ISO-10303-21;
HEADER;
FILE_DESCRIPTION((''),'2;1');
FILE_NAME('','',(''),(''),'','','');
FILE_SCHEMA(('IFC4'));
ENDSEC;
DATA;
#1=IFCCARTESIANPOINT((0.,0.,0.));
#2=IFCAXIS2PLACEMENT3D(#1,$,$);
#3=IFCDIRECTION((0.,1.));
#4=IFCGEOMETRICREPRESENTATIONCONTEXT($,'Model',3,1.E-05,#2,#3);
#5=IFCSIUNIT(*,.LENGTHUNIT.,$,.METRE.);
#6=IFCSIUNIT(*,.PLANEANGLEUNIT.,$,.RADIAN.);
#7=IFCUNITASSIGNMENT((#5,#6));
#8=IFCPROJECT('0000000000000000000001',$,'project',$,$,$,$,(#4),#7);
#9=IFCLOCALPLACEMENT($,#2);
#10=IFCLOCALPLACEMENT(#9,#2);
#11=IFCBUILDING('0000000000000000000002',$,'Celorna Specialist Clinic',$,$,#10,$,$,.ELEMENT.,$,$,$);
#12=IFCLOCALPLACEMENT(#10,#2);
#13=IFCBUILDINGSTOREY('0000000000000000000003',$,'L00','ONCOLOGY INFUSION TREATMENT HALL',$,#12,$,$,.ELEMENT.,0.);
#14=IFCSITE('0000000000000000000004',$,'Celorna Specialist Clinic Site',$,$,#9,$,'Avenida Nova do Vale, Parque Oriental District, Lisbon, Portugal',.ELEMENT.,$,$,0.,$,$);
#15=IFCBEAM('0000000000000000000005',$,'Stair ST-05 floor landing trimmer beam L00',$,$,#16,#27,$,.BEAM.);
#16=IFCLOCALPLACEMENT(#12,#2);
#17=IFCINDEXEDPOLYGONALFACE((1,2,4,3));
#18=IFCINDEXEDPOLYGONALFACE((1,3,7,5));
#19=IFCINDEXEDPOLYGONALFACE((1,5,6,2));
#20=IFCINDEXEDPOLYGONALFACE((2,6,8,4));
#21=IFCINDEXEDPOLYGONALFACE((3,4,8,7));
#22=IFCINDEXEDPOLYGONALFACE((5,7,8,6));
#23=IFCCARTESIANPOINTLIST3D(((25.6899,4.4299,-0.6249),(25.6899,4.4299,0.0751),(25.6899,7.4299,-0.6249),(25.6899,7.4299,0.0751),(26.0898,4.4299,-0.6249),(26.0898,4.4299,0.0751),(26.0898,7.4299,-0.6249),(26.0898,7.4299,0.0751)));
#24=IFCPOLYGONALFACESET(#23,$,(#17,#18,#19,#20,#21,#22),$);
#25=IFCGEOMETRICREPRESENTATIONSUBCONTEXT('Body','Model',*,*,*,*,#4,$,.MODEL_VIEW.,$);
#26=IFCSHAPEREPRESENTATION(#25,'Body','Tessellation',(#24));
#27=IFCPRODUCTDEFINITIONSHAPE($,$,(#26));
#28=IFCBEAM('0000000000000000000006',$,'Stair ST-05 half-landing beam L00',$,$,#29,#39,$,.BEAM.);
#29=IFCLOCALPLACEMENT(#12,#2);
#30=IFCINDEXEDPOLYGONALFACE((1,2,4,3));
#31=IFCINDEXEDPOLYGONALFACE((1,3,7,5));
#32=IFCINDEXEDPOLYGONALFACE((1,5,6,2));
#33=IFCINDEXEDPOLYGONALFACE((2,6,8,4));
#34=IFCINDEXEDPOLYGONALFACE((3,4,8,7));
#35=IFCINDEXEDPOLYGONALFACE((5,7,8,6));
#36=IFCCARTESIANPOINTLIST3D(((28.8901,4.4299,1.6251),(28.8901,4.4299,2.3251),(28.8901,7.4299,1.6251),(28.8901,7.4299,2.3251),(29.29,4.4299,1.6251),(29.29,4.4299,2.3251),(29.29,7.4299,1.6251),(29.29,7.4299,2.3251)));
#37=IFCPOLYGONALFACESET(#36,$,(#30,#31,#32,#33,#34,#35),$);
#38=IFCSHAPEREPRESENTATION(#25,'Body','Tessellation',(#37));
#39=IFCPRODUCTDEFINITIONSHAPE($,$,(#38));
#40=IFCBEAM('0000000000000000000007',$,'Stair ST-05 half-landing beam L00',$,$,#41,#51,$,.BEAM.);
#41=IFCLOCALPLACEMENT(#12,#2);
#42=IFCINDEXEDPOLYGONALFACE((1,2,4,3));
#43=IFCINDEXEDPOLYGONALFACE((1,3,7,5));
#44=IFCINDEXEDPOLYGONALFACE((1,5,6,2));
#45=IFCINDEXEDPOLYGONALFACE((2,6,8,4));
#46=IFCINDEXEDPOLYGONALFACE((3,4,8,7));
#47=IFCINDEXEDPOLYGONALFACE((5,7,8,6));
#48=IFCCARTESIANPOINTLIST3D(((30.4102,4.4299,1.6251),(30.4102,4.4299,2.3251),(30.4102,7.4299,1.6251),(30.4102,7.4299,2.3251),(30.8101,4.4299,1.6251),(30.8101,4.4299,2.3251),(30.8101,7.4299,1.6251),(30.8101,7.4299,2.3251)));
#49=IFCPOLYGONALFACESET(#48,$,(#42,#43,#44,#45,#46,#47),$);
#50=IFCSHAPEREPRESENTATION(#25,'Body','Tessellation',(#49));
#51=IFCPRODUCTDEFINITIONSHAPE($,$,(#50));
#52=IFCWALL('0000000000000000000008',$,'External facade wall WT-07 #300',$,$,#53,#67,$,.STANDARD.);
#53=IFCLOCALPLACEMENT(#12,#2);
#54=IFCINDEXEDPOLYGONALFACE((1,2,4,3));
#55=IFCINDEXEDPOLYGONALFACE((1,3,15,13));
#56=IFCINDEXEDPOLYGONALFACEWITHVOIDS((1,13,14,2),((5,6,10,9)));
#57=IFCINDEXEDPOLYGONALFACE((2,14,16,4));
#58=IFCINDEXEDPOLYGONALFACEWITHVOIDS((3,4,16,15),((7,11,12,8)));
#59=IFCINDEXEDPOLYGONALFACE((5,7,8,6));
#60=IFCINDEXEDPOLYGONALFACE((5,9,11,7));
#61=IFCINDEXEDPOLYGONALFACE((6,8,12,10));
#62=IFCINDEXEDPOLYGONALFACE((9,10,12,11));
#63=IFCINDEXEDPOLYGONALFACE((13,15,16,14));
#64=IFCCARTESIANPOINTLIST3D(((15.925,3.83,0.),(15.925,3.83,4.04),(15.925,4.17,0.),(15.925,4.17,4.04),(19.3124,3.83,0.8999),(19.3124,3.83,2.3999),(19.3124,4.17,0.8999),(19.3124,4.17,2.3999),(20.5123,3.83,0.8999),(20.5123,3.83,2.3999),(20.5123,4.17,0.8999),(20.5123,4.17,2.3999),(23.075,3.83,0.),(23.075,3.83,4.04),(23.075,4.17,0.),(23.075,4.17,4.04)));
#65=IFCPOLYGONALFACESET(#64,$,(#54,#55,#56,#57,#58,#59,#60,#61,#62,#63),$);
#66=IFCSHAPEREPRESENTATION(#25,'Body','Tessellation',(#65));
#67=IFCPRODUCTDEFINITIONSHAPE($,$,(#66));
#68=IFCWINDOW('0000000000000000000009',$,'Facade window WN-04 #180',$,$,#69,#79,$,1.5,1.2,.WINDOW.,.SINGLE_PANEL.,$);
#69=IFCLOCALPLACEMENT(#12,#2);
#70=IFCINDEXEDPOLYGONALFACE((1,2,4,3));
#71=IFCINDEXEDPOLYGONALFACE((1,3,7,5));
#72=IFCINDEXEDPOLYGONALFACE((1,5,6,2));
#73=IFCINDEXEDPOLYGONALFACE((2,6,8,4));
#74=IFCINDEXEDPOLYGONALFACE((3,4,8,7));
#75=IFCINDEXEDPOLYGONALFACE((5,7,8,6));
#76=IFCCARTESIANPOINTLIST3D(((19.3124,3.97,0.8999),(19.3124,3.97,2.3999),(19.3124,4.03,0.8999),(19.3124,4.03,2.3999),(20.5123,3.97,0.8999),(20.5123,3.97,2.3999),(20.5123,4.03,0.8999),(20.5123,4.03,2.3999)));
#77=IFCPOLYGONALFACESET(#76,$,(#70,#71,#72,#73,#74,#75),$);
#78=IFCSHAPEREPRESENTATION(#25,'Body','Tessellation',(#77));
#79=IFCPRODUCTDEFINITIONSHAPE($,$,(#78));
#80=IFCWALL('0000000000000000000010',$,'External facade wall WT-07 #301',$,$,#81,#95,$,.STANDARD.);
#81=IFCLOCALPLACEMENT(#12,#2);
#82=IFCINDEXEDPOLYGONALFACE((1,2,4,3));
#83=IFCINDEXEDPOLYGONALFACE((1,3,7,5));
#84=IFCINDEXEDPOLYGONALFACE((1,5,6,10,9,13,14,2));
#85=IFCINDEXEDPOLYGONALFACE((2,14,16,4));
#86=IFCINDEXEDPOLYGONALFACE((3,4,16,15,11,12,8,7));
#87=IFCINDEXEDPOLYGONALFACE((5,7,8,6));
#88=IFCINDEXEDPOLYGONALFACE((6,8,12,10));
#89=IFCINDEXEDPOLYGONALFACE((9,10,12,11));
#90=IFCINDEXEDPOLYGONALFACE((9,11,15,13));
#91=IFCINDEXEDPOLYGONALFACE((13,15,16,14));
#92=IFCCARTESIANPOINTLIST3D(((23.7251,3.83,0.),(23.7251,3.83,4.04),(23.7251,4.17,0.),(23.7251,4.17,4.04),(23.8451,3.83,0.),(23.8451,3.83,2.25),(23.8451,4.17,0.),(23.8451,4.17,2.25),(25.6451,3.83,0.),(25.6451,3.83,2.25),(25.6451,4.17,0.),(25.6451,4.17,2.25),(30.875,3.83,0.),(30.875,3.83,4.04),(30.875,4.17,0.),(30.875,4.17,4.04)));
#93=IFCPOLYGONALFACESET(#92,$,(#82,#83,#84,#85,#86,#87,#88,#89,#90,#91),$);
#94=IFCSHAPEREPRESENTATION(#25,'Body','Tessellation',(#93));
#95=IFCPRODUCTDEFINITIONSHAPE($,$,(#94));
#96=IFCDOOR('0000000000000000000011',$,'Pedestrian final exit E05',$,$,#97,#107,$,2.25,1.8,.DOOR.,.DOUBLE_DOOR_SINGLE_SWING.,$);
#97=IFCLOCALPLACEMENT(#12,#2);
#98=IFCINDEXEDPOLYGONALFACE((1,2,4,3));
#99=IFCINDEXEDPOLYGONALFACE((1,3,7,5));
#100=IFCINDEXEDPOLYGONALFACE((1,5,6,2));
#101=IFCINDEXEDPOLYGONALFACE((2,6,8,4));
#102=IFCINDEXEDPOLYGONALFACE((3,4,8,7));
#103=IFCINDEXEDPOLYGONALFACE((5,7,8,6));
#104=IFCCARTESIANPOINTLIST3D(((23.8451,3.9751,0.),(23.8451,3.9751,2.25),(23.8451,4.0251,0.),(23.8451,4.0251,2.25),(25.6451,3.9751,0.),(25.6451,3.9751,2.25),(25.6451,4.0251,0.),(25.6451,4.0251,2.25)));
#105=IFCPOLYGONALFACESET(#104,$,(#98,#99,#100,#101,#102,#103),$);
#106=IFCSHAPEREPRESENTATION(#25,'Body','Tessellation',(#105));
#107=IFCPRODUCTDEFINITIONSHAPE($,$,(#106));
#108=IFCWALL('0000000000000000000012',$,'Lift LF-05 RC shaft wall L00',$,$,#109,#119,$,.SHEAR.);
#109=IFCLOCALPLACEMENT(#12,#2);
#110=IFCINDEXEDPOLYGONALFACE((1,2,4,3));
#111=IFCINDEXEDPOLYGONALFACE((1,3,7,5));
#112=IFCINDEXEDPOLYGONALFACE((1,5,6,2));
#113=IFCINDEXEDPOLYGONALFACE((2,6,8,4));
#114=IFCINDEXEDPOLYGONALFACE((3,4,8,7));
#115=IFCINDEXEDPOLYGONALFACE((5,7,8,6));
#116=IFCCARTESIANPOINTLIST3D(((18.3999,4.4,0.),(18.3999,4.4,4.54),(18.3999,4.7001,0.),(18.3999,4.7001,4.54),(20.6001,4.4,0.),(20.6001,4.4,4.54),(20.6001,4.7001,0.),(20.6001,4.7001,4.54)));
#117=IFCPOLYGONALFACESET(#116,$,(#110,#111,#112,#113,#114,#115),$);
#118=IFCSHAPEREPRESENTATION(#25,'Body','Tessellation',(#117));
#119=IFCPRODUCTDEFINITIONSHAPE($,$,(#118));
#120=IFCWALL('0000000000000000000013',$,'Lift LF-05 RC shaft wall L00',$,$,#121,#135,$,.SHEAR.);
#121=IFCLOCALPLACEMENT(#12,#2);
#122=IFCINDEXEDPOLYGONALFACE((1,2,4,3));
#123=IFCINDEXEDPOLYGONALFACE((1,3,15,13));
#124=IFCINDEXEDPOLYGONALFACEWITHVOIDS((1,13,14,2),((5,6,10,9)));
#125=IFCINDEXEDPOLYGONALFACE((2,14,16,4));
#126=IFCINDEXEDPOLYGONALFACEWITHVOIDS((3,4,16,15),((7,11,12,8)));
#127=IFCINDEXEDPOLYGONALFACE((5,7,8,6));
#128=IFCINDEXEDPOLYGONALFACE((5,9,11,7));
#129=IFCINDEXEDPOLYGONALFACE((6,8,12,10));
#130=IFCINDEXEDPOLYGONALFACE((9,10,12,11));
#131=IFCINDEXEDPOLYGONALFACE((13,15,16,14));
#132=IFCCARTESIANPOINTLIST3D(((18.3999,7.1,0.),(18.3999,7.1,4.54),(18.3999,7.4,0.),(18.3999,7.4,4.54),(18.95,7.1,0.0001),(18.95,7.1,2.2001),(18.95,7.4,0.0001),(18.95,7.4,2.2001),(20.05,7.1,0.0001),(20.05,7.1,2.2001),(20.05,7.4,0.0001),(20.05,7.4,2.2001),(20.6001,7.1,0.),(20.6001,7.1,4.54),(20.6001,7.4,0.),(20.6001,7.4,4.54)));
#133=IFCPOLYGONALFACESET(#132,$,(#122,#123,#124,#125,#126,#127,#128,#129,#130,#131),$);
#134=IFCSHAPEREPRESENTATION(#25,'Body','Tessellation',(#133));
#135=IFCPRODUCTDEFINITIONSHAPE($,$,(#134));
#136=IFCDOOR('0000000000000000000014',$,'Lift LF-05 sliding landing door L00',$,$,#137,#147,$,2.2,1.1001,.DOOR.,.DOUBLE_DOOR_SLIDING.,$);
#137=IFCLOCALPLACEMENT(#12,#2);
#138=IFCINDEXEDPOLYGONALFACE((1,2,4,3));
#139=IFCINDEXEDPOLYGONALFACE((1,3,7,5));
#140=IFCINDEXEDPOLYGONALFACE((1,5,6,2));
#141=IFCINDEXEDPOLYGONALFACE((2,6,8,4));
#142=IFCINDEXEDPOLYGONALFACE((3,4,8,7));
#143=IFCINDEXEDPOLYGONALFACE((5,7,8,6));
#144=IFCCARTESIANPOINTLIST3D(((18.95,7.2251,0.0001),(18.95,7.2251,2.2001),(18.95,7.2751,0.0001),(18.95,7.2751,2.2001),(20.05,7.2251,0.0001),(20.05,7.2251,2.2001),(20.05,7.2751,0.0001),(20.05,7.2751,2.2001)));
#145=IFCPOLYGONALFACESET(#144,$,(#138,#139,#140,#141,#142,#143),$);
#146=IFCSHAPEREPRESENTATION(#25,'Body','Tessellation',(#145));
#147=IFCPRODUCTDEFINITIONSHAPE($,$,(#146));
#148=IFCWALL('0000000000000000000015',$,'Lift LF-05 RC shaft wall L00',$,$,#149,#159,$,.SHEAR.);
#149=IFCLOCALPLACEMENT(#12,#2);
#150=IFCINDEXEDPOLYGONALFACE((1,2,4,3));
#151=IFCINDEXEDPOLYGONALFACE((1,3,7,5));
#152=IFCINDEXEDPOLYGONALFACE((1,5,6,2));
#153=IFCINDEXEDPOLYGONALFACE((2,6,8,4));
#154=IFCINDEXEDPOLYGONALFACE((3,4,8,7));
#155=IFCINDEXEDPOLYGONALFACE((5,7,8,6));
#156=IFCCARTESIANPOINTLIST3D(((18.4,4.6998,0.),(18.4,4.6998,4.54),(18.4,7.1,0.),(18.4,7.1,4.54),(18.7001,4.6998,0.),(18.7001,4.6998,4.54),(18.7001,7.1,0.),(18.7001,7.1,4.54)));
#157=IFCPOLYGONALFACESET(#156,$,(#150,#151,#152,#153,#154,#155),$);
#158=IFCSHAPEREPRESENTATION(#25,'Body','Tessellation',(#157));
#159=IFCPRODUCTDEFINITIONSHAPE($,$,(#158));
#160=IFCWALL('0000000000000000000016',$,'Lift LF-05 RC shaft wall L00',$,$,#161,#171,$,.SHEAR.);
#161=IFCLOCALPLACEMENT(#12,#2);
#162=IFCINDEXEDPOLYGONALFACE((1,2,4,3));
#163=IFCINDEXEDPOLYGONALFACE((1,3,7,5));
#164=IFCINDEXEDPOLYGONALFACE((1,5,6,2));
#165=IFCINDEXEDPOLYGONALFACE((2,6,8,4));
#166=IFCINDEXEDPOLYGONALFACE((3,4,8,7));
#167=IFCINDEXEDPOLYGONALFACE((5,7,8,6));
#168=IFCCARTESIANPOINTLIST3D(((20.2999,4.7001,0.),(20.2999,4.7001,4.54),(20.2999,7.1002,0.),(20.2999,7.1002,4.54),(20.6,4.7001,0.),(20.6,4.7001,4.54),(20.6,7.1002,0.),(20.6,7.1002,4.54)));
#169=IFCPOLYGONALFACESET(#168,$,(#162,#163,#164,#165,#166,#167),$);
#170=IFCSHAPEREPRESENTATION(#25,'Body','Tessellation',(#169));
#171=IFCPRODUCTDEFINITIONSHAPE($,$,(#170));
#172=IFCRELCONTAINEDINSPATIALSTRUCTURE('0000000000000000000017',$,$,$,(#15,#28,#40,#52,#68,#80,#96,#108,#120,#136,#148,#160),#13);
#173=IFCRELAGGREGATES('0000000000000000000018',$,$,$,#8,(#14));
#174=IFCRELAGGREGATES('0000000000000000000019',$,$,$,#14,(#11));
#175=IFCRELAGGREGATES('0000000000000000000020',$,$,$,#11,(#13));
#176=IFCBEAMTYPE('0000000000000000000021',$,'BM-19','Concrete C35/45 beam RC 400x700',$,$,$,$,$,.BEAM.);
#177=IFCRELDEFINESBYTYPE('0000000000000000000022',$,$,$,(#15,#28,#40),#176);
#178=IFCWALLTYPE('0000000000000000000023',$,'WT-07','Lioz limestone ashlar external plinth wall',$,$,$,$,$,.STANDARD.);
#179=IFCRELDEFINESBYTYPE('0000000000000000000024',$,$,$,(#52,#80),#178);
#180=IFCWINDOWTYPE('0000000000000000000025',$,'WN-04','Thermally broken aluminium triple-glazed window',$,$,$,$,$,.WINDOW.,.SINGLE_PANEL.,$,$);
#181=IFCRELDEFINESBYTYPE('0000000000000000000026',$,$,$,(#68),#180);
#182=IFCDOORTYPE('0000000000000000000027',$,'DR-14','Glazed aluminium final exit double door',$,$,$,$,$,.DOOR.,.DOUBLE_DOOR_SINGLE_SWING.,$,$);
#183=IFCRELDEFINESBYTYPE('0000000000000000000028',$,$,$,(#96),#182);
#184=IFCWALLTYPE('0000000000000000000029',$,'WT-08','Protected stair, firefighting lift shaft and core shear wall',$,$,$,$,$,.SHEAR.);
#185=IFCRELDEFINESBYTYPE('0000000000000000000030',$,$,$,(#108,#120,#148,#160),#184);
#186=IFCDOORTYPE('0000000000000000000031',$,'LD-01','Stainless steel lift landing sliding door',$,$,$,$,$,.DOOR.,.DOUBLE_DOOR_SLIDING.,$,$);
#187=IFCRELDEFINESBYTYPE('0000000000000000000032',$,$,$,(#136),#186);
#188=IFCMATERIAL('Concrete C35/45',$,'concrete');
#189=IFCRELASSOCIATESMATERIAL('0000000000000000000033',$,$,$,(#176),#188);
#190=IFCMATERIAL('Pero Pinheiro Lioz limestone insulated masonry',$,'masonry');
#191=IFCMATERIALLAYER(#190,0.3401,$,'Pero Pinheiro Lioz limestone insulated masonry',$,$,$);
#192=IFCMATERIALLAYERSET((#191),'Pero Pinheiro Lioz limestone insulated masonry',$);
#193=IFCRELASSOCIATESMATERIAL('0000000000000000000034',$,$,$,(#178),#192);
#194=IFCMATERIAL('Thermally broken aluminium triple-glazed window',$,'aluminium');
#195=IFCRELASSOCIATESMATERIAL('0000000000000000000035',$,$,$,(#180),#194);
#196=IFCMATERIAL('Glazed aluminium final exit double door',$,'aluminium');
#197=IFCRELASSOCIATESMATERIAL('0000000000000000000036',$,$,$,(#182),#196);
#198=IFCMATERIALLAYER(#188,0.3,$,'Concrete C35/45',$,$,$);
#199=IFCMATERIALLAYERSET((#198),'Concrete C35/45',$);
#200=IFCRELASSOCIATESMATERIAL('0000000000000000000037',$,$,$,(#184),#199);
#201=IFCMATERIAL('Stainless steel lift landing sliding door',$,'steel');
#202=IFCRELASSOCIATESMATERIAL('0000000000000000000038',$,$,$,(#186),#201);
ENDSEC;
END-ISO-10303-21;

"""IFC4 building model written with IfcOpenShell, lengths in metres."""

from ifc_helpers import new_model, si_unit, direction, frame, frame_2d, origin, origin_2d, place, context, subcontext, project, spatial, rectangle, extrude, material, layer, layer_set, material_profile, profile_set, type_object, element, fill, save


model = new_model("IFC4")

# Units and contexts
model_context = context("Model", 3, precision=1e-05, world=origin(), true_north=direction((0.0, 1.0)))
body_context = subcontext(model_context, "Body", "Model", "MODEL_VIEW")
ifc_project = project(units=[si_unit("LENGTHUNIT", "METRE"), si_unit("PLANEANGLEUNIT", "RADIAN")], contexts=[model_context])

# Site, building, storey
site_placement = place(None, origin())
site = spatial("IfcSite", under=ifc_project, at=site_placement, Name="Celorna Specialist Clinic Site", LongName="Avenida Nova do Vale, Parque Oriental District, Lisbon, Portugal", CompositionType="ELEMENT", RefElevation=0.0)
building_placement = place(site_placement, origin())
building = spatial("IfcBuilding", under=site, at=building_placement, Name="Celorna Specialist Clinic", CompositionType="ELEMENT")
storey_placement = place(building_placement, origin())
storey = spatial("IfcBuildingStorey", under=building, at=storey_placement, Name="L00", Description="ONCOLOGY INFUSION TREATMENT HALL", CompositionType="ELEMENT", Elevation=0.0)

# Shared definitions
ifc_material_1 = material(Name="Concrete C35/45", Category="concrete")

# Beams
ifc_material_profile_1 = material_profile(ifc_material_1, rectangle(XDim=0.3999, YDim=0.7, at=origin_2d()), Name="RC 400x700")
ifc_profile_set_1 = profile_set([ifc_material_profile_1], Name="Concrete C35/45")
beam_type_1 = type_object("IfcBeamType", Name="BM-19", Description="Concrete C35/45 beam RC 400x700", PredefinedType="BEAM", material=ifc_profile_set_1)
for number, where, z_axis, x_axis, name in (
    (1, (25.8899, 4.4299, -0.2749), (0.0, 1.0, 0.0), (-1.0, 0.0, 0.0), "Stair ST-05 floor landing trimmer beam L00"),
    (2, (29.0901, 4.4299, 1.9751), (0.0, 1.0, 0.0), (-1.0, 0.0, 0.0), "Stair ST-05 half-landing beam L00"),
    (3, (30.6101, 4.4299, 1.9751), (0.0, 1.0, 0.0), (-1.0, 0.0, 0.0), "Stair ST-05 half-landing beam L00"),
):
    element("IfcBeam", number, at=place(storey_placement, frame(where, z_axis=z_axis, x_axis=x_axis)), inside=storey, type_object=beam_type_1, Name=name, PredefinedType="BEAM", context=body_context, shape_type="SweptSolid", body=[
        extrude(rectangle(XDim=0.3999, YDim=0.7, at=origin_2d()), origin(), (0.0, 0.0, 1.0), 3.0),
    ])

# Wall, opening, window
ifc_material_2 = material(Name="Pero Pinheiro Lioz limestone insulated masonry", Category="masonry")
ifc_layer_1 = layer(ifc_material_2, 0.3401, Name="Pero Pinheiro Lioz limestone insulated masonry")
ifc_layer_set_1 = layer_set([ifc_layer_1], Name="Pero Pinheiro Lioz limestone insulated masonry")
wall_type_1 = type_object("IfcWallType", Name="WT-07", Description="Lioz limestone ashlar external plinth wall", PredefinedType="STANDARD", material=ifc_layer_set_1)
wall_1_placement = place(storey_placement, frame((23.075, 4.0, 0.0), z_axis=(0.0, 0.0, 1.0), x_axis=(-1.0, 0.0, 0.0)))
wall_1 = element("IfcWall", 4, at=wall_1_placement, inside=storey, type_object=wall_type_1, Name="External facade wall WT-07 #300", PredefinedType="STANDARD", context=body_context, shape_type="SweptSolid", body=[
    extrude(rectangle(XDim=7.1499, YDim=0.3401, at=frame_2d((3.575, 0.0))), origin(), (0.0, 0.0, 1.0), 4.04),
])
opening_1_placement = place(wall_1_placement, frame((2.5625, 0.0, 0.8999)))
opening_1 = element("IfcOpeningElement", 5, at=opening_1_placement, cuts=wall_1, PredefinedType="OPENING", context=body_context, shape_type="SweptSolid", body=[
    extrude(rectangle(XDim=1.2, YDim=1.5, at=frame_2d((0.6001, 0.75))), frame((0.0, 0.1799, 0.0), z_axis=(0.0, -1.0, 0.0), x_axis=(1.0, 0.0, 0.0)), (0.0, 0.0, 1.0), 0.3601),
])
ifc_material_3 = material(Name="Thermally broken aluminium triple-glazed window", Category="aluminium")
window_type = type_object("IfcWindowType", Name="WN-04", Description="Thermally broken aluminium triple-glazed window", PartitioningType="SINGLE_PANEL", PredefinedType="WINDOW", material=ifc_material_3)
window_placement = place(opening_1_placement, origin())
window = element("IfcWindow", 6, at=window_placement, inside=storey, type_object=window_type, Name="Facade window WN-04 #180", OverallHeight=1.5, OverallWidth=1.2, PartitioningType="SINGLE_PANEL", PredefinedType="WINDOW", context=body_context, shape_type="SweptSolid", body=[
    extrude(rectangle(XDim=1.2, YDim=1.5, at=frame_2d((0.6001, 0.75))), frame((0.0, 0.03, 0.0), z_axis=(0.0, -1.0, 0.0), x_axis=(1.0, 0.0, 0.0)), (0.0, 0.0, 1.0), 0.0601),
])
fill(opening_1, window)

# Wall, opening, door
wall_2_placement = place(storey_placement, frame((30.875, 4.0, 0.0), z_axis=(0.0, 0.0, 1.0), x_axis=(-1.0, 0.0, 0.0)))
wall_2 = element("IfcWall", 7, at=wall_2_placement, inside=storey, type_object=wall_type_1, Name="External facade wall WT-07 #301", PredefinedType="STANDARD", context=body_context, shape_type="SweptSolid", body=[
    extrude(rectangle(XDim=7.1499, YDim=0.3401, at=frame_2d((3.575, 0.0))), origin(), (0.0, 0.0, 1.0), 4.04),
])
opening_2_placement = place(wall_2_placement, frame((5.23, 0.0, 0.0)))
opening_2 = element("IfcOpeningElement", 8, at=opening_2_placement, cuts=wall_2, PredefinedType="OPENING", context=body_context, shape_type="SweptSolid", body=[
    extrude(rectangle(XDim=1.8, YDim=2.25, at=frame_2d((0.8999, 1.125))), frame((0.0, 0.1799, 0.0), z_axis=(0.0, -1.0, 0.0), x_axis=(1.0, 0.0, 0.0)), (0.0, 0.0, 1.0), 0.3601),
])
ifc_material_4 = material(Name="Glazed aluminium final exit double door", Category="aluminium")
door_type_1 = type_object("IfcDoorType", Name="DR-14", Description="Glazed aluminium final exit double door", OperationType="DOUBLE_DOOR_SINGLE_SWING", PredefinedType="DOOR", material=ifc_material_4)
door_1_placement = place(opening_2_placement, origin())
door_1 = element("IfcDoor", 9, at=door_1_placement, inside=storey, type_object=door_type_1, Name="Pedestrian final exit E05", OperationType="DOUBLE_DOOR_SINGLE_SWING", OverallHeight=2.25, OverallWidth=1.8, PredefinedType="DOOR", context=body_context, shape_type="SweptSolid", body=[
    extrude(rectangle(XDim=1.8, YDim=2.25, at=frame_2d((0.8999, 1.125))), frame((0.0, 0.0249, 0.0), z_axis=(0.0, -1.0, 0.0), x_axis=(1.0, 0.0, 0.0)), (0.0, 0.0, 1.0), 0.05),
])
fill(opening_2, door_1)

# Wall
ifc_layer_2 = layer(ifc_material_1, 0.3, Name="Concrete C35/45")
ifc_layer_set_2 = layer_set([ifc_layer_2], Name="Concrete C35/45")
wall_type_2 = type_object("IfcWallType", Name="WT-08", Description="Protected stair, firefighting lift shaft and core shear wall", PredefinedType="SHEAR", material=ifc_layer_set_2)
wall_3_placement = place(storey_placement, frame((18.3999, 4.55, 0.0), z_axis=(0.0, 0.0, 1.0), x_axis=(1.0, 0.0, 0.0)))
element("IfcWall", 10, at=wall_3_placement, inside=storey, type_object=wall_type_2, Name="Lift LF-05 RC shaft wall L00", PredefinedType="SHEAR", context=body_context, shape_type="SweptSolid", body=[
    extrude(rectangle(XDim=2.2002, YDim=0.3, at=frame_2d((1.1001, 0.0))), origin(), (0.0, 0.0, 1.0), 4.54),
])

# Wall, opening, door
wall_4_placement = place(storey_placement, frame((20.6001, 7.25, 0.0), z_axis=(0.0, 0.0, 1.0), x_axis=(-1.0, 0.0, 0.0)))
wall_4 = element("IfcWall", 11, at=wall_4_placement, inside=storey, type_object=wall_type_2, Name="Lift LF-05 RC shaft wall L00", PredefinedType="SHEAR", context=body_context, shape_type="SweptSolid", body=[
    extrude(rectangle(XDim=2.2002, YDim=0.3, at=frame_2d((1.1001, 0.0))), origin(), (0.0, 0.0, 1.0), 4.54),
])
opening_3_placement = place(wall_4_placement, frame((0.55, 0.0, 0.0)))
opening_3 = element("IfcOpeningElement", 12, at=opening_3_placement, cuts=wall_4, PredefinedType="OPENING", context=body_context, shape_type="SweptSolid", body=[
    extrude(rectangle(XDim=1.1001, YDim=2.2, at=frame_2d((0.55, 1.1001))), frame((0.0, 0.1599, 0.0), z_axis=(0.0, -1.0, 0.0), x_axis=(1.0, 0.0, 0.0)), (0.0, 0.0, 1.0), 0.3201),
])
ifc_material_5 = material(Name="Stainless steel lift landing sliding door", Category="steel")
door_type_2 = type_object("IfcDoorType", Name="LD-01", Description="Stainless steel lift landing sliding door", OperationType="DOUBLE_DOOR_SLIDING", PredefinedType="DOOR", material=ifc_material_5)
door_2_placement = place(opening_3_placement, origin())
door_2 = element("IfcDoor", 13, at=door_2_placement, inside=storey, type_object=door_type_2, Name="Lift LF-05 sliding landing door L00", OperationType="DOUBLE_DOOR_SLIDING", OverallHeight=2.2, OverallWidth=1.1001, PredefinedType="DOOR", context=body_context, shape_type="SweptSolid", body=[
    extrude(rectangle(XDim=1.1001, YDim=2.2, at=frame_2d((0.55, 1.1001))), frame((0.0, 0.0249, 0.0), z_axis=(0.0, -1.0, 0.0), x_axis=(1.0, 0.0, 0.0)), (0.0, 0.0, 1.0), 0.05),
])
fill(opening_3, door_2)

# Walls
for number, where, z_axis, x_axis, name in (
    (14, (18.55, 7.1001, 0.0), (0.0, 0.0, 1.0), (0.0, -1.0, 0.0), "Lift LF-05 RC shaft wall L00"),
    (15, (20.45, 4.7, 0.0), (0.0, 0.0, 1.0), (0.0, 1.0, 0.0), "Lift LF-05 RC shaft wall L00"),
):
    element("IfcWall", number, at=place(storey_placement, frame(where, z_axis=z_axis, x_axis=x_axis)), inside=storey, type_object=wall_type_2, Name=name, PredefinedType="SHEAR", context=body_context, shape_type="SweptSolid", body=[
        extrude(rectangle(XDim=2.4001, YDim=0.3, at=frame_2d((1.2002, 0.0))), origin(), (0.0, 0.0, 1.0), 4.54),
    ])

save(model, "model.ifc")
